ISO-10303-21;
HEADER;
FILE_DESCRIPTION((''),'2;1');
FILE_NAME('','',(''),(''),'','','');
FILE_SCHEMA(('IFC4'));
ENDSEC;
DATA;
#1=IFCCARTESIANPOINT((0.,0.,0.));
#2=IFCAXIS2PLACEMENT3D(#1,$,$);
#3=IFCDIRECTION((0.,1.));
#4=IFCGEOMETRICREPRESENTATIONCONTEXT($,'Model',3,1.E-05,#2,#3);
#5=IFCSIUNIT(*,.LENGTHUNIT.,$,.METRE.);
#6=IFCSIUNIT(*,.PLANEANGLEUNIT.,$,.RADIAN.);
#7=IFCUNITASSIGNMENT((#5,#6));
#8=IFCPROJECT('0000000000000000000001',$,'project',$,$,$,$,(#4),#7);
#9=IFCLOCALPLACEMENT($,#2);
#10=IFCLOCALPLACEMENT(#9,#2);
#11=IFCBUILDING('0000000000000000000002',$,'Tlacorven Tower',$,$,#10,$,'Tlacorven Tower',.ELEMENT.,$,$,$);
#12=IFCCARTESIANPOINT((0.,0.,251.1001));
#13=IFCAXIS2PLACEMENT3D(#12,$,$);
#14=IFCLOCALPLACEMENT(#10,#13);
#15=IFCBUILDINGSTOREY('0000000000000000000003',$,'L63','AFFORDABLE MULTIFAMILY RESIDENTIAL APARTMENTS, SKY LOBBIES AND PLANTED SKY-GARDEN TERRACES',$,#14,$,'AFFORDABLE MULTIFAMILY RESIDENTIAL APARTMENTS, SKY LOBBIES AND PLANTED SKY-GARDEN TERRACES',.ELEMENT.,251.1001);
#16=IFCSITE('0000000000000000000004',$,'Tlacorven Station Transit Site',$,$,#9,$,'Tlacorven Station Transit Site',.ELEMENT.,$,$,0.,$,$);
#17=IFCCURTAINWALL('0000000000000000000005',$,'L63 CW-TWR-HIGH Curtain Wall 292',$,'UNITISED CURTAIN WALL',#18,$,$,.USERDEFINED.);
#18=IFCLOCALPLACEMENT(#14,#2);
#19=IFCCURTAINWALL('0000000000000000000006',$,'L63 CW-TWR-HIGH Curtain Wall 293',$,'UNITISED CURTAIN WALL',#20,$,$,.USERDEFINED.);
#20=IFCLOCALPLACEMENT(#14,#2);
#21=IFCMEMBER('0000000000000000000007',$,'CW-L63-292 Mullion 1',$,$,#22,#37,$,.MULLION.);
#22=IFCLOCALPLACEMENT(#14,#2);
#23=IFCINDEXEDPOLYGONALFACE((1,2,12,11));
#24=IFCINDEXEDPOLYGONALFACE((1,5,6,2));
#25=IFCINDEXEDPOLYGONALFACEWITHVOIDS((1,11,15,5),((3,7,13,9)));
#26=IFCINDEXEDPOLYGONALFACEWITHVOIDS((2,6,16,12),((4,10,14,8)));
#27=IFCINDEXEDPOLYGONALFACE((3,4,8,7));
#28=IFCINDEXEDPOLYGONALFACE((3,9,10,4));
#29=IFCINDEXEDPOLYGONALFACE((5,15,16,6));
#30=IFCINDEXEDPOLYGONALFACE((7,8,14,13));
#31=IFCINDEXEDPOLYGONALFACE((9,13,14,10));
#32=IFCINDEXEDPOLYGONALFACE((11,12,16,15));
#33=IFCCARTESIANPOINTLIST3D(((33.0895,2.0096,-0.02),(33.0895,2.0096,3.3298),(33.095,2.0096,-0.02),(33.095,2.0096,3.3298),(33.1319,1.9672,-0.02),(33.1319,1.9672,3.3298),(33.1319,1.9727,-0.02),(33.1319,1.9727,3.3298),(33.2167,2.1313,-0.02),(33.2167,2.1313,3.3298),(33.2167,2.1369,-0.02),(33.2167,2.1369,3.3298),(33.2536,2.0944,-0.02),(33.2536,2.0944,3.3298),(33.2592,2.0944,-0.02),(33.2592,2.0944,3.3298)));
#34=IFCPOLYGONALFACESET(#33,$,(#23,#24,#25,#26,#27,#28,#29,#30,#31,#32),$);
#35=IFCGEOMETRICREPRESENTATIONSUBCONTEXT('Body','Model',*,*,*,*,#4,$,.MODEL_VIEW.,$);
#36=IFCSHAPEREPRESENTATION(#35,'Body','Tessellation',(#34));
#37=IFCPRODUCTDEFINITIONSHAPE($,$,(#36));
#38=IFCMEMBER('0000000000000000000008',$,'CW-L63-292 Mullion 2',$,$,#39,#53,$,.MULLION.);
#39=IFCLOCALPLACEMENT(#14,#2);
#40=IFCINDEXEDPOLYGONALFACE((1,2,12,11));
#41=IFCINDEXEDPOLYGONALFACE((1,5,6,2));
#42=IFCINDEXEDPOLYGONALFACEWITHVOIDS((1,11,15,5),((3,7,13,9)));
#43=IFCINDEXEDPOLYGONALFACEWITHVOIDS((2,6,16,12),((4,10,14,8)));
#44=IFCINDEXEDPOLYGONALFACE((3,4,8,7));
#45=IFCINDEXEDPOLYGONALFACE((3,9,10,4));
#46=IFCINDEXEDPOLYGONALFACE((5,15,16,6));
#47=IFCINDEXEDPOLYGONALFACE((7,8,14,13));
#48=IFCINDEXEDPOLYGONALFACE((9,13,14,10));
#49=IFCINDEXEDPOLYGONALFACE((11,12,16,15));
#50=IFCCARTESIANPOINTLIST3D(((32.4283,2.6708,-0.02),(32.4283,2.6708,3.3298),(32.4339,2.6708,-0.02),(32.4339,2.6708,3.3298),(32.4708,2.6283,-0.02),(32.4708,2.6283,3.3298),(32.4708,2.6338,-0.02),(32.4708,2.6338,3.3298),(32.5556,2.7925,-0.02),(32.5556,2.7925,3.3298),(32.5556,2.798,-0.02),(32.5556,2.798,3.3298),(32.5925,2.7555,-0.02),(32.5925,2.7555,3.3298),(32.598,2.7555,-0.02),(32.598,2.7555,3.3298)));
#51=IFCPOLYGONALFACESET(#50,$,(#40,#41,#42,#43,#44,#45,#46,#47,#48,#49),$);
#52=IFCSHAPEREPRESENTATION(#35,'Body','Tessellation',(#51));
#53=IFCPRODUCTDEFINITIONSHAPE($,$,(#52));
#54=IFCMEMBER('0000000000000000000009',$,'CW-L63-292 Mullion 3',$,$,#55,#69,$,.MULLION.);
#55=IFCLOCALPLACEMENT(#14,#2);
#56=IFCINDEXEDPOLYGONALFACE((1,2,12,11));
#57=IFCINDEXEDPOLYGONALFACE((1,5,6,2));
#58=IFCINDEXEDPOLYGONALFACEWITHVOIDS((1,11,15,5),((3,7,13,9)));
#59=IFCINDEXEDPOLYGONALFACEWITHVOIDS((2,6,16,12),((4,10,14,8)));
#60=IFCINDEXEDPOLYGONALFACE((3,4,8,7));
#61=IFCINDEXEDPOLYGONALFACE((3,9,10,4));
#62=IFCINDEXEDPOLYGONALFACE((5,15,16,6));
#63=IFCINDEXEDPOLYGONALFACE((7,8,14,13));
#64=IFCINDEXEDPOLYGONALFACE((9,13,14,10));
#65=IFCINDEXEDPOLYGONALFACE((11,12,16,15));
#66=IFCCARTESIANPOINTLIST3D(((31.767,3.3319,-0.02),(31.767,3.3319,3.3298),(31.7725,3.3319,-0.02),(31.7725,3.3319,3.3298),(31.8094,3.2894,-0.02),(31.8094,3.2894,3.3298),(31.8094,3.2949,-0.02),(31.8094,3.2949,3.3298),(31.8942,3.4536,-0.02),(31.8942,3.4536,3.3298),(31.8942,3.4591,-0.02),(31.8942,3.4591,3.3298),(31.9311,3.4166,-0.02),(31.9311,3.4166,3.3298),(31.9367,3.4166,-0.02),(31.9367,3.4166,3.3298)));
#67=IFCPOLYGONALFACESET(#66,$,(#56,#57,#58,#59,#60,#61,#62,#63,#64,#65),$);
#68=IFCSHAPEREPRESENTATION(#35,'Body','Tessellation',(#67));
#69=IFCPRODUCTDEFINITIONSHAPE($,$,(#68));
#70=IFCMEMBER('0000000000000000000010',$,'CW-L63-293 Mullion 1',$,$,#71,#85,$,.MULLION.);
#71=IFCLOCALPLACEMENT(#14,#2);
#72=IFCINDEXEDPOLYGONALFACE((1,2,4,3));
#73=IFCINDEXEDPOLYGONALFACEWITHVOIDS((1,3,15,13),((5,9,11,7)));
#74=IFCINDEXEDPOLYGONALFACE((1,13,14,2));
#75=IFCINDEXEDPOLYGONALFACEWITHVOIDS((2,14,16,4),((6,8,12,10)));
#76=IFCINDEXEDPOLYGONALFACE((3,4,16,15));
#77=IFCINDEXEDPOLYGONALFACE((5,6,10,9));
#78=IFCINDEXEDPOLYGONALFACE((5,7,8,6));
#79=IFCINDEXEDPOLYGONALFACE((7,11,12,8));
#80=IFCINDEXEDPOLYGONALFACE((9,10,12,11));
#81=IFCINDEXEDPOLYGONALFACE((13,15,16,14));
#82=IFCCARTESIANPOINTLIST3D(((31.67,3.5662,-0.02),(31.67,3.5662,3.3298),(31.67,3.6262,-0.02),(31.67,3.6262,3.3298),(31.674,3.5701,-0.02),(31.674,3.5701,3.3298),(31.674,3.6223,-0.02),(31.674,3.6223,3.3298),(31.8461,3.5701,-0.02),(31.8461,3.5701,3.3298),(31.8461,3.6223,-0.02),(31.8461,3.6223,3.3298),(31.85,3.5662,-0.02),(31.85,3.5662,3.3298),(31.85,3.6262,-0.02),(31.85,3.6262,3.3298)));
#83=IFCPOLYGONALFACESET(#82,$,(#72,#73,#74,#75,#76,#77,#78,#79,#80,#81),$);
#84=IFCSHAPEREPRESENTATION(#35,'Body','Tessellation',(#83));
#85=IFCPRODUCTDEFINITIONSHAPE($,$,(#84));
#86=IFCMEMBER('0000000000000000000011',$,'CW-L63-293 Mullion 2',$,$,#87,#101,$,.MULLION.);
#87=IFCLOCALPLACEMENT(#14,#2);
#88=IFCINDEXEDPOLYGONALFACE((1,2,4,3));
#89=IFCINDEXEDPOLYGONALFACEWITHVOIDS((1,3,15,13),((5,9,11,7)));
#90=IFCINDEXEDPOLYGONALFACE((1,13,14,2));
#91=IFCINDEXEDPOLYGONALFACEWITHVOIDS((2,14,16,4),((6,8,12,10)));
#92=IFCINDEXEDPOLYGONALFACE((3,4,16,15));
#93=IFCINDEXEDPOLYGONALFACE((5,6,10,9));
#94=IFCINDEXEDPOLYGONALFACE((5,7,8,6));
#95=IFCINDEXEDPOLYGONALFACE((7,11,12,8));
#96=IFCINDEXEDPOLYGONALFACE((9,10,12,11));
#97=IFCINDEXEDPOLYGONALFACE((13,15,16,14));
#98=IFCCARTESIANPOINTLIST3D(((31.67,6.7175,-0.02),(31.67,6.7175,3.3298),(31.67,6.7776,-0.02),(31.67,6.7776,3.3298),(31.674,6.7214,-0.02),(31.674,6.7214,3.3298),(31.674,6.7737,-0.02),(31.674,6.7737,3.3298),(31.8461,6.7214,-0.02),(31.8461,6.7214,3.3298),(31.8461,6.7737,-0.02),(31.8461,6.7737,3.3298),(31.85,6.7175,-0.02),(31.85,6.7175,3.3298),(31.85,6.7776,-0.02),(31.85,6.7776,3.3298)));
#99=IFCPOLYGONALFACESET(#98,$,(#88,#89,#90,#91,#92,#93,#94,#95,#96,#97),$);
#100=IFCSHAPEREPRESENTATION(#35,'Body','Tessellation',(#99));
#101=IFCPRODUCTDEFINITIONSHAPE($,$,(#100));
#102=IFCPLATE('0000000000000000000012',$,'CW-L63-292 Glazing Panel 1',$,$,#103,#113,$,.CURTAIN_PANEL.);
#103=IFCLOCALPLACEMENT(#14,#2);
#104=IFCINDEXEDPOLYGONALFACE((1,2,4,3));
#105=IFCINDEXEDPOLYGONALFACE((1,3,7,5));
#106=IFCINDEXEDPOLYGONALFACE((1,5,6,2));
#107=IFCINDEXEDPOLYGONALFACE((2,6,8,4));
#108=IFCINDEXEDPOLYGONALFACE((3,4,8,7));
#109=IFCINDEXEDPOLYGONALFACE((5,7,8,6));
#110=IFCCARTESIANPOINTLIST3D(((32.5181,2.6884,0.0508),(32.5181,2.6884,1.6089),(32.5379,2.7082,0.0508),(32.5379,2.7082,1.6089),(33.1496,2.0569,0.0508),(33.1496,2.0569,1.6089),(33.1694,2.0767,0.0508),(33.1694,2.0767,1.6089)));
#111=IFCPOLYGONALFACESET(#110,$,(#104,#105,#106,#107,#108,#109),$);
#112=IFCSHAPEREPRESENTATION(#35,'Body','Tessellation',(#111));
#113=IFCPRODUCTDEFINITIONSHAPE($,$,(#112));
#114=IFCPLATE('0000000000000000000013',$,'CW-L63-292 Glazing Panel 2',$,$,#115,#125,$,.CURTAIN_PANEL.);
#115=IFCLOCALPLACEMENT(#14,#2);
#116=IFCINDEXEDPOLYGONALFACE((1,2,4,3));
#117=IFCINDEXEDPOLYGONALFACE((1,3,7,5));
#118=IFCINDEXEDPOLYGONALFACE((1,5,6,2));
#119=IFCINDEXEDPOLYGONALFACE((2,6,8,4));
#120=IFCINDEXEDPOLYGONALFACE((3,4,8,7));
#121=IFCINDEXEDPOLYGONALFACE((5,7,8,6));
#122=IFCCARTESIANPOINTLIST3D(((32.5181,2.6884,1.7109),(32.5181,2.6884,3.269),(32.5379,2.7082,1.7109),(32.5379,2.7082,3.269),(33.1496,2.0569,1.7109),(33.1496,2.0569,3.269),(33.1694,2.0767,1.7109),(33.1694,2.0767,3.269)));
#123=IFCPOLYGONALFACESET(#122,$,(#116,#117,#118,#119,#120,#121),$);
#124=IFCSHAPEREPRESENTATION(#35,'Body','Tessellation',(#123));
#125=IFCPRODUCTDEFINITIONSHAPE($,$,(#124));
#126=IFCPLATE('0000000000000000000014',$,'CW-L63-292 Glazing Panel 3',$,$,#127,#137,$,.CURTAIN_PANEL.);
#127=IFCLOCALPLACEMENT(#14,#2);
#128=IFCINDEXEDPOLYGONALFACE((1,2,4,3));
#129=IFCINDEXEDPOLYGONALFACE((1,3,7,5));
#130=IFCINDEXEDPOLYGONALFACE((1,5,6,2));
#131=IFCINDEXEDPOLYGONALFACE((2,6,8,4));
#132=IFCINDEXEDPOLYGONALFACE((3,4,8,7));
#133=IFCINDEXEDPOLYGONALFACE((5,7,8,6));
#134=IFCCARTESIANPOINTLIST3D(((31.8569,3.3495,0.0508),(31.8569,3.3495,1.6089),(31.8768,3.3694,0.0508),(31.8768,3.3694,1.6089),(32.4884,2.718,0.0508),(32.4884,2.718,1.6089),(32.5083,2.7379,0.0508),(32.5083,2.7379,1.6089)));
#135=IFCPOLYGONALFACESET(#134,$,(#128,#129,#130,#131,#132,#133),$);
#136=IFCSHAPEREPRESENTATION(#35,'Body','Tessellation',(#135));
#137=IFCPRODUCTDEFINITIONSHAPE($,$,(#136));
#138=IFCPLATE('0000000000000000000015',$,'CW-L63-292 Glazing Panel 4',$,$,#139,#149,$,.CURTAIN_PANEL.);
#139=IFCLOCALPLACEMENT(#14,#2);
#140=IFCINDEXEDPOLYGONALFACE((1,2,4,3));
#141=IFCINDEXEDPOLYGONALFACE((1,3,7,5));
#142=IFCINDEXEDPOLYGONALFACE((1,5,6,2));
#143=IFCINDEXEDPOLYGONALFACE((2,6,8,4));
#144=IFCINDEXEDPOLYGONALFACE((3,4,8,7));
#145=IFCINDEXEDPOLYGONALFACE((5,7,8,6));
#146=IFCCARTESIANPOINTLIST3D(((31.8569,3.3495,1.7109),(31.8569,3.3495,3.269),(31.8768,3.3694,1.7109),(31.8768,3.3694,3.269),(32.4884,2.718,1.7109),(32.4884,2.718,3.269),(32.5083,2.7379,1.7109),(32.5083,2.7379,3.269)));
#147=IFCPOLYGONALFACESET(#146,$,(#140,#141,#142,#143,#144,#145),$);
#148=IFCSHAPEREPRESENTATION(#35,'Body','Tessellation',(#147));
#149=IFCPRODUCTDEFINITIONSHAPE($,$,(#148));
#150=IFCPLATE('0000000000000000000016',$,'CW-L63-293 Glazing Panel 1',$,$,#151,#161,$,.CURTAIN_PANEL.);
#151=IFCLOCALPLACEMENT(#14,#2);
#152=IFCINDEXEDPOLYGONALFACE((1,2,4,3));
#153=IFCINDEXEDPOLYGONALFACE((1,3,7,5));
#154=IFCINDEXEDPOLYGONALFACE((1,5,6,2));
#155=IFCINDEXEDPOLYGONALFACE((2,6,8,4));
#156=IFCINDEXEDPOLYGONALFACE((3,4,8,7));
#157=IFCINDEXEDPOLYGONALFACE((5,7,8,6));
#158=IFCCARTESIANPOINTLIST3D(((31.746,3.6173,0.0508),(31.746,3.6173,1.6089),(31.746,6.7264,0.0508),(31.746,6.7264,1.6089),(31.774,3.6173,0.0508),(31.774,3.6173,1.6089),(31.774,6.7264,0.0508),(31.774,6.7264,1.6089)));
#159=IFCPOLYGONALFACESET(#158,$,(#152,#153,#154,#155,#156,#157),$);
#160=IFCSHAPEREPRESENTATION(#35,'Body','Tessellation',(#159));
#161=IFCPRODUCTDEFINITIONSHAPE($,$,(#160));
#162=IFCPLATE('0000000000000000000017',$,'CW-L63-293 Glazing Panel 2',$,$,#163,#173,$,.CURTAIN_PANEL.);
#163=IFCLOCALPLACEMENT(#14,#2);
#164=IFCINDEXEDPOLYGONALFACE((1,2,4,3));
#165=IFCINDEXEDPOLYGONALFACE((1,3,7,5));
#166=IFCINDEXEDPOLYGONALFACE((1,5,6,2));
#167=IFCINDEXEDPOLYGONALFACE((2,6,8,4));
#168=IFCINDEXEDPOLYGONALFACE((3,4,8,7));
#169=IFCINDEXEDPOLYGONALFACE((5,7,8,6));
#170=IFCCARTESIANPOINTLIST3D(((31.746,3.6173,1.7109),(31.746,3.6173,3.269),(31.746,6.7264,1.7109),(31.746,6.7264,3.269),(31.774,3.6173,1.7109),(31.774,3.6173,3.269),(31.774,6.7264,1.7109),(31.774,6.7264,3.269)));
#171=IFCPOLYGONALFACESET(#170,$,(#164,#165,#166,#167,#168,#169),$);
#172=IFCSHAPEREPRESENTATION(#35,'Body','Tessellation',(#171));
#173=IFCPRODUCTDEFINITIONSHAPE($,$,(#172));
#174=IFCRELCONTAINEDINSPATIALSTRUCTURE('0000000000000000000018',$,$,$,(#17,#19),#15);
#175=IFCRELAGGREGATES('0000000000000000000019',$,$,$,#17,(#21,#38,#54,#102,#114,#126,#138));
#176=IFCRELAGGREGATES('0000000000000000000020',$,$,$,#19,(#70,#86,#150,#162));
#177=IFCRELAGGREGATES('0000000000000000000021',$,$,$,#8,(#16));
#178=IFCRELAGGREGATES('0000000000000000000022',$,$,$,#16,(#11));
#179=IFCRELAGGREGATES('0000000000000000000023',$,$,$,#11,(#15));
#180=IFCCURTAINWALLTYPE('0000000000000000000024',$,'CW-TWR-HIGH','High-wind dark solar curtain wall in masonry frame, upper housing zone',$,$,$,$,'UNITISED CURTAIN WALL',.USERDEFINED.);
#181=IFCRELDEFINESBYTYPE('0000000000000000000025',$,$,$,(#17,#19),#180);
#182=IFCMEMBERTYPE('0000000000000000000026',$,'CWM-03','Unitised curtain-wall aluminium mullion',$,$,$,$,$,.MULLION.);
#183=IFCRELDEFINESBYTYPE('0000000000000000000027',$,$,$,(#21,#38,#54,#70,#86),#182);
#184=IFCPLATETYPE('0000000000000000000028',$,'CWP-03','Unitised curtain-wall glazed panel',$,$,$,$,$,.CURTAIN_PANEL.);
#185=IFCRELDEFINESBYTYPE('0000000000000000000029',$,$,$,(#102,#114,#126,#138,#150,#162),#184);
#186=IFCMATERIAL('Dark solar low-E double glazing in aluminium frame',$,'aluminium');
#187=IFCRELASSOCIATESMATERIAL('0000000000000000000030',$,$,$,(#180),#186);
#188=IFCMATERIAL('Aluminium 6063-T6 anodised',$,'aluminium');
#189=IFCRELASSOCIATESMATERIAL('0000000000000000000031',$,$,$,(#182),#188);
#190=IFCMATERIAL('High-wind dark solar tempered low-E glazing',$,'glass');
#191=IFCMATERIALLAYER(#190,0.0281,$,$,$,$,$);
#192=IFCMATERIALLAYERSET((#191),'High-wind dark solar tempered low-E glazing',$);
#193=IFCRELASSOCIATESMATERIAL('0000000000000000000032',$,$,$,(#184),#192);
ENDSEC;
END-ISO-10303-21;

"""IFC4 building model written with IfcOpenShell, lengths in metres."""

from ifc_helpers import new_model, si_unit, direction, frame, origin, origin_2d, place, context, subcontext, project, spatial, rectangle, hollow_rectangle, extrude, source, transform, mapped, material, layer, layer_set, material_profile, profile_set, type_object, element, aggregate, save


model = new_model("IFC4")

# Units and contexts
model_context = context("Model", 3, precision=1e-05, world=origin(), true_north=direction((0.0, 1.0)))
body_context = subcontext(model_context, "Body", "Model", "MODEL_VIEW")
ifc_project = project(units=[si_unit("LENGTHUNIT", "METRE"), si_unit("PLANEANGLEUNIT", "RADIAN")], contexts=[model_context])

# Site, building, storey
site_placement = place(None, origin())
site = spatial("IfcSite", under=ifc_project, at=site_placement, Name="Tlacorven Station Transit Site", LongName="Tlacorven Station Transit Site", CompositionType="ELEMENT", RefElevation=0.0)
building_placement = place(site_placement, origin())
building = spatial("IfcBuilding", under=site, at=building_placement, Name="Tlacorven Tower", LongName="Tlacorven Tower", CompositionType="ELEMENT")
storey_placement = place(building_placement, frame((0.0, 0.0, 251.1001)))
storey = spatial("IfcBuildingStorey", under=building, at=storey_placement, Name="L63", Description="AFFORDABLE MULTIFAMILY RESIDENTIAL APARTMENTS, SKY LOBBIES AND PLANTED SKY-GARDEN TERRACES", LongName="AFFORDABLE MULTIFAMILY RESIDENTIAL APARTMENTS, SKY LOBBIES AND PLANTED SKY-GARDEN TERRACES", CompositionType="ELEMENT", Elevation=251.1001)

# Curtain walls
ifc_material_1 = material(Name="Dark solar low-E double glazing in aluminium frame", Category="aluminium")
curtain_wall_type = type_object("IfcCurtainWallType", Name="CW-TWR-HIGH", Description="High-wind dark solar curtain wall in masonry frame, upper housing zone", ElementType="UNITISED CURTAIN WALL", PredefinedType="USERDEFINED", material=ifc_material_1)
curtain_wall_1_placement = place(storey_placement, origin())
curtain_wall_1 = element("IfcCurtainWall", 1, at=curtain_wall_1_placement, inside=storey, type_object=curtain_wall_type, Name="L63 CW-TWR-HIGH Curtain Wall 292", ObjectType="UNITISED CURTAIN WALL", PredefinedType="USERDEFINED")
ifc_material_2 = material(Name="Aluminium 6063-T6 anodised", Category="aluminium")
curtain_wall_2_placement = place(storey_placement, origin())
curtain_wall_2 = element("IfcCurtainWall", 2, at=curtain_wall_2_placement, inside=storey, type_object=curtain_wall_type, Name="L63 CW-TWR-HIGH Curtain Wall 293", ObjectType="UNITISED CURTAIN WALL", PredefinedType="USERDEFINED")

# Shared definitions
ifc_material_profile_1 = material_profile(ifc_material_2, hollow_rectangle(XDim=0.0601, YDim=0.1799, WallThickness=0.0039, at=origin_2d()), Name="ALU MULLION 60X180")
ifc_profile_set_1 = profile_set([ifc_material_profile_1], Name="Aluminium 6063-T6 anodised")
member_type_1 = type_object("IfcMemberType", Name="CWM-03", Description="Unitised curtain-wall aluminium mullion", PredefinedType="MULLION", material=ifc_profile_set_1)
shared_shape_1 = source(origin(), body_context, "Body", "SweptSolid", [
    extrude(hollow_rectangle(XDim=0.0601, YDim=0.1799, WallThickness=0.0039, at=origin_2d()), origin(), (0.0, 0.0, 1.0), 3.3499),
])

# Members
member_1_placement = place(storey_placement, frame((33.1743, 2.052, -0.02), z_axis=(0.0, 0.0, 1.0), x_axis=(-0.707107, 0.707107, 0.0)))
member_1 = element("IfcMember", 3, at=member_1_placement, type_object=member_type_1, Name="CW-L63-292 Mullion 1", PredefinedType="MULLION", context=body_context, shape_type="MappedRepresentation", body=[
    mapped(shared_shape_1, transform((0.0, 0.0, 0.0), scale=1.0)),
])
member_2_placement = place(storey_placement, frame((32.5132, 2.7131, -0.02), z_axis=(0.0, 0.0, 1.0), x_axis=(-0.707107, 0.707107, 0.0)))
member_2 = element("IfcMember", 4, at=member_2_placement, type_object=member_type_1, Name="CW-L63-292 Mullion 2", PredefinedType="MULLION", context=body_context, shape_type="MappedRepresentation", body=[
    mapped(shared_shape_1, transform((0.0, 0.0, 0.0), scale=1.0)),
])
member_3_placement = place(storey_placement, frame((31.8518, 3.3743, -0.02), z_axis=(0.0, 0.0, 1.0), x_axis=(-0.707107, 0.707107, 0.0)))
member_3 = element("IfcMember", 5, at=member_3_placement, type_object=member_type_1, Name="CW-L63-292 Mullion 3", PredefinedType="MULLION", context=body_context, shape_type="MappedRepresentation", body=[
    mapped(shared_shape_1, transform((0.0, 0.0, 0.0), scale=1.0)),
])
member_4_placement = place(storey_placement, frame((31.76, 3.5962, -0.02), z_axis=(0.0, 0.0, 1.0), x_axis=(0.0, 1.0, 0.0)))
member_4 = element("IfcMember", 6, at=member_4_placement, type_object=member_type_1, Name="CW-L63-293 Mullion 1", PredefinedType="MULLION", context=body_context, shape_type="MappedRepresentation", body=[
    mapped(shared_shape_1, transform((0.0, 0.0, 0.0), scale=1.0)),
])
member_5_placement = place(storey_placement, frame((31.76, 6.7476, -0.02), z_axis=(0.0, 0.0, 1.0), x_axis=(0.0, 1.0, 0.0)))
member_5 = element("IfcMember", 7, at=member_5_placement, type_object=member_type_1, Name="CW-L63-293 Mullion 2", PredefinedType="MULLION", context=body_context, shape_type="MappedRepresentation", body=[
    mapped(shared_shape_1, transform((0.0, 0.0, 0.0), scale=1.0)),
])

# Plates
ifc_material_3 = material(Name="High-wind dark solar tempered low-E glazing", Category="glass")
ifc_layer = layer(ifc_material_3, 0.0281)
ifc_layer_set = layer_set([ifc_layer], Name="High-wind dark solar tempered low-E glazing")
plate_type = type_object("IfcPlateType", Name="CWP-03", Description="Unitised curtain-wall glazed panel", PredefinedType="CURTAIN_PANEL", material=ifc_layer_set)
shared_shape_2 = source(origin(), body_context, "Body", "SweptSolid", [
    extrude(rectangle(XDim=0.8931, YDim=0.0281, at=origin_2d()), origin(), (0.0, 0.0, 1.0), 1.5581),
])
plate_1_placement = place(storey_placement, frame((32.8438, 2.3826, 0.0508), z_axis=(0.0, 0.0, 1.0), x_axis=(-0.707107, 0.707107, 0.0)))
plate_1 = element("IfcPlate", 8, at=plate_1_placement, type_object=plate_type, Name="CW-L63-292 Glazing Panel 1", PredefinedType="CURTAIN_PANEL", context=body_context, shape_type="MappedRepresentation", body=[
    mapped(shared_shape_2, transform((0.0, 0.0, 0.0), scale=1.0)),
])
plate_2_placement = place(storey_placement, frame((32.8438, 2.3826, 1.7109), z_axis=(0.0, 0.0, 1.0), x_axis=(-0.707107, 0.707107, 0.0)))
plate_2 = element("IfcPlate", 9, at=plate_2_placement, type_object=plate_type, Name="CW-L63-292 Glazing Panel 2", PredefinedType="CURTAIN_PANEL", context=body_context, shape_type="MappedRepresentation", body=[
    mapped(shared_shape_2, transform((0.0, 0.0, 0.0), scale=1.0)),
])
plate_3_placement = place(storey_placement, frame((32.1826, 3.0437, 0.0508), z_axis=(0.0, 0.0, 1.0), x_axis=(-0.707107, 0.707107, 0.0)))
plate_3 = element("IfcPlate", 10, at=plate_3_placement, type_object=plate_type, Name="CW-L63-292 Glazing Panel 3", PredefinedType="CURTAIN_PANEL", context=body_context, shape_type="MappedRepresentation", body=[
    mapped(shared_shape_2, transform((0.0, 0.0, 0.0), scale=1.0)),
])
plate_4_placement = place(storey_placement, frame((32.1826, 3.0437, 1.7109), z_axis=(0.0, 0.0, 1.0), x_axis=(-0.707107, 0.707107, 0.0)))
plate_4 = element("IfcPlate", 11, at=plate_4_placement, type_object=plate_type, Name="CW-L63-292 Glazing Panel 4", PredefinedType="CURTAIN_PANEL", context=body_context, shape_type="MappedRepresentation", body=[
    mapped(shared_shape_2, transform((0.0, 0.0, 0.0), scale=1.0)),
])
aggregate(curtain_wall_1, [member_1, member_2, member_3, plate_1, plate_2, plate_3, plate_4])
shared_shape_3 = source(origin(), body_context, "Body", "SweptSolid", [
    extrude(rectangle(XDim=3.1091, YDim=0.0281, at=origin_2d()), origin(), (0.0, 0.0, 1.0), 1.5581),
])
plate_5_placement = place(storey_placement, frame((31.76, 5.1719, 0.0508), z_axis=(0.0, 0.0, 1.0), x_axis=(0.0, 1.0, 0.0)))
plate_5 = element("IfcPlate", 12, at=plate_5_placement, type_object=plate_type, Name="CW-L63-293 Glazing Panel 1", PredefinedType="CURTAIN_PANEL", context=body_context, shape_type="MappedRepresentation", body=[
    mapped(shared_shape_3, transform((0.0, 0.0, 0.0), scale=1.0)),
])
plate_6_placement = place(storey_placement, frame((31.76, 5.1719, 1.7109), z_axis=(0.0, 0.0, 1.0), x_axis=(0.0, 1.0, 0.0)))
plate_6 = element("IfcPlate", 13, at=plate_6_placement, type_object=plate_type, Name="CW-L63-293 Glazing Panel 2", PredefinedType="CURTAIN_PANEL", context=body_context, shape_type="MappedRepresentation", body=[
    mapped(shared_shape_3, transform((0.0, 0.0, 0.0), scale=1.0)),
])
aggregate(curtain_wall_2, [member_4, member_5, plate_5, plate_6])

save(model, "model.ifc")
